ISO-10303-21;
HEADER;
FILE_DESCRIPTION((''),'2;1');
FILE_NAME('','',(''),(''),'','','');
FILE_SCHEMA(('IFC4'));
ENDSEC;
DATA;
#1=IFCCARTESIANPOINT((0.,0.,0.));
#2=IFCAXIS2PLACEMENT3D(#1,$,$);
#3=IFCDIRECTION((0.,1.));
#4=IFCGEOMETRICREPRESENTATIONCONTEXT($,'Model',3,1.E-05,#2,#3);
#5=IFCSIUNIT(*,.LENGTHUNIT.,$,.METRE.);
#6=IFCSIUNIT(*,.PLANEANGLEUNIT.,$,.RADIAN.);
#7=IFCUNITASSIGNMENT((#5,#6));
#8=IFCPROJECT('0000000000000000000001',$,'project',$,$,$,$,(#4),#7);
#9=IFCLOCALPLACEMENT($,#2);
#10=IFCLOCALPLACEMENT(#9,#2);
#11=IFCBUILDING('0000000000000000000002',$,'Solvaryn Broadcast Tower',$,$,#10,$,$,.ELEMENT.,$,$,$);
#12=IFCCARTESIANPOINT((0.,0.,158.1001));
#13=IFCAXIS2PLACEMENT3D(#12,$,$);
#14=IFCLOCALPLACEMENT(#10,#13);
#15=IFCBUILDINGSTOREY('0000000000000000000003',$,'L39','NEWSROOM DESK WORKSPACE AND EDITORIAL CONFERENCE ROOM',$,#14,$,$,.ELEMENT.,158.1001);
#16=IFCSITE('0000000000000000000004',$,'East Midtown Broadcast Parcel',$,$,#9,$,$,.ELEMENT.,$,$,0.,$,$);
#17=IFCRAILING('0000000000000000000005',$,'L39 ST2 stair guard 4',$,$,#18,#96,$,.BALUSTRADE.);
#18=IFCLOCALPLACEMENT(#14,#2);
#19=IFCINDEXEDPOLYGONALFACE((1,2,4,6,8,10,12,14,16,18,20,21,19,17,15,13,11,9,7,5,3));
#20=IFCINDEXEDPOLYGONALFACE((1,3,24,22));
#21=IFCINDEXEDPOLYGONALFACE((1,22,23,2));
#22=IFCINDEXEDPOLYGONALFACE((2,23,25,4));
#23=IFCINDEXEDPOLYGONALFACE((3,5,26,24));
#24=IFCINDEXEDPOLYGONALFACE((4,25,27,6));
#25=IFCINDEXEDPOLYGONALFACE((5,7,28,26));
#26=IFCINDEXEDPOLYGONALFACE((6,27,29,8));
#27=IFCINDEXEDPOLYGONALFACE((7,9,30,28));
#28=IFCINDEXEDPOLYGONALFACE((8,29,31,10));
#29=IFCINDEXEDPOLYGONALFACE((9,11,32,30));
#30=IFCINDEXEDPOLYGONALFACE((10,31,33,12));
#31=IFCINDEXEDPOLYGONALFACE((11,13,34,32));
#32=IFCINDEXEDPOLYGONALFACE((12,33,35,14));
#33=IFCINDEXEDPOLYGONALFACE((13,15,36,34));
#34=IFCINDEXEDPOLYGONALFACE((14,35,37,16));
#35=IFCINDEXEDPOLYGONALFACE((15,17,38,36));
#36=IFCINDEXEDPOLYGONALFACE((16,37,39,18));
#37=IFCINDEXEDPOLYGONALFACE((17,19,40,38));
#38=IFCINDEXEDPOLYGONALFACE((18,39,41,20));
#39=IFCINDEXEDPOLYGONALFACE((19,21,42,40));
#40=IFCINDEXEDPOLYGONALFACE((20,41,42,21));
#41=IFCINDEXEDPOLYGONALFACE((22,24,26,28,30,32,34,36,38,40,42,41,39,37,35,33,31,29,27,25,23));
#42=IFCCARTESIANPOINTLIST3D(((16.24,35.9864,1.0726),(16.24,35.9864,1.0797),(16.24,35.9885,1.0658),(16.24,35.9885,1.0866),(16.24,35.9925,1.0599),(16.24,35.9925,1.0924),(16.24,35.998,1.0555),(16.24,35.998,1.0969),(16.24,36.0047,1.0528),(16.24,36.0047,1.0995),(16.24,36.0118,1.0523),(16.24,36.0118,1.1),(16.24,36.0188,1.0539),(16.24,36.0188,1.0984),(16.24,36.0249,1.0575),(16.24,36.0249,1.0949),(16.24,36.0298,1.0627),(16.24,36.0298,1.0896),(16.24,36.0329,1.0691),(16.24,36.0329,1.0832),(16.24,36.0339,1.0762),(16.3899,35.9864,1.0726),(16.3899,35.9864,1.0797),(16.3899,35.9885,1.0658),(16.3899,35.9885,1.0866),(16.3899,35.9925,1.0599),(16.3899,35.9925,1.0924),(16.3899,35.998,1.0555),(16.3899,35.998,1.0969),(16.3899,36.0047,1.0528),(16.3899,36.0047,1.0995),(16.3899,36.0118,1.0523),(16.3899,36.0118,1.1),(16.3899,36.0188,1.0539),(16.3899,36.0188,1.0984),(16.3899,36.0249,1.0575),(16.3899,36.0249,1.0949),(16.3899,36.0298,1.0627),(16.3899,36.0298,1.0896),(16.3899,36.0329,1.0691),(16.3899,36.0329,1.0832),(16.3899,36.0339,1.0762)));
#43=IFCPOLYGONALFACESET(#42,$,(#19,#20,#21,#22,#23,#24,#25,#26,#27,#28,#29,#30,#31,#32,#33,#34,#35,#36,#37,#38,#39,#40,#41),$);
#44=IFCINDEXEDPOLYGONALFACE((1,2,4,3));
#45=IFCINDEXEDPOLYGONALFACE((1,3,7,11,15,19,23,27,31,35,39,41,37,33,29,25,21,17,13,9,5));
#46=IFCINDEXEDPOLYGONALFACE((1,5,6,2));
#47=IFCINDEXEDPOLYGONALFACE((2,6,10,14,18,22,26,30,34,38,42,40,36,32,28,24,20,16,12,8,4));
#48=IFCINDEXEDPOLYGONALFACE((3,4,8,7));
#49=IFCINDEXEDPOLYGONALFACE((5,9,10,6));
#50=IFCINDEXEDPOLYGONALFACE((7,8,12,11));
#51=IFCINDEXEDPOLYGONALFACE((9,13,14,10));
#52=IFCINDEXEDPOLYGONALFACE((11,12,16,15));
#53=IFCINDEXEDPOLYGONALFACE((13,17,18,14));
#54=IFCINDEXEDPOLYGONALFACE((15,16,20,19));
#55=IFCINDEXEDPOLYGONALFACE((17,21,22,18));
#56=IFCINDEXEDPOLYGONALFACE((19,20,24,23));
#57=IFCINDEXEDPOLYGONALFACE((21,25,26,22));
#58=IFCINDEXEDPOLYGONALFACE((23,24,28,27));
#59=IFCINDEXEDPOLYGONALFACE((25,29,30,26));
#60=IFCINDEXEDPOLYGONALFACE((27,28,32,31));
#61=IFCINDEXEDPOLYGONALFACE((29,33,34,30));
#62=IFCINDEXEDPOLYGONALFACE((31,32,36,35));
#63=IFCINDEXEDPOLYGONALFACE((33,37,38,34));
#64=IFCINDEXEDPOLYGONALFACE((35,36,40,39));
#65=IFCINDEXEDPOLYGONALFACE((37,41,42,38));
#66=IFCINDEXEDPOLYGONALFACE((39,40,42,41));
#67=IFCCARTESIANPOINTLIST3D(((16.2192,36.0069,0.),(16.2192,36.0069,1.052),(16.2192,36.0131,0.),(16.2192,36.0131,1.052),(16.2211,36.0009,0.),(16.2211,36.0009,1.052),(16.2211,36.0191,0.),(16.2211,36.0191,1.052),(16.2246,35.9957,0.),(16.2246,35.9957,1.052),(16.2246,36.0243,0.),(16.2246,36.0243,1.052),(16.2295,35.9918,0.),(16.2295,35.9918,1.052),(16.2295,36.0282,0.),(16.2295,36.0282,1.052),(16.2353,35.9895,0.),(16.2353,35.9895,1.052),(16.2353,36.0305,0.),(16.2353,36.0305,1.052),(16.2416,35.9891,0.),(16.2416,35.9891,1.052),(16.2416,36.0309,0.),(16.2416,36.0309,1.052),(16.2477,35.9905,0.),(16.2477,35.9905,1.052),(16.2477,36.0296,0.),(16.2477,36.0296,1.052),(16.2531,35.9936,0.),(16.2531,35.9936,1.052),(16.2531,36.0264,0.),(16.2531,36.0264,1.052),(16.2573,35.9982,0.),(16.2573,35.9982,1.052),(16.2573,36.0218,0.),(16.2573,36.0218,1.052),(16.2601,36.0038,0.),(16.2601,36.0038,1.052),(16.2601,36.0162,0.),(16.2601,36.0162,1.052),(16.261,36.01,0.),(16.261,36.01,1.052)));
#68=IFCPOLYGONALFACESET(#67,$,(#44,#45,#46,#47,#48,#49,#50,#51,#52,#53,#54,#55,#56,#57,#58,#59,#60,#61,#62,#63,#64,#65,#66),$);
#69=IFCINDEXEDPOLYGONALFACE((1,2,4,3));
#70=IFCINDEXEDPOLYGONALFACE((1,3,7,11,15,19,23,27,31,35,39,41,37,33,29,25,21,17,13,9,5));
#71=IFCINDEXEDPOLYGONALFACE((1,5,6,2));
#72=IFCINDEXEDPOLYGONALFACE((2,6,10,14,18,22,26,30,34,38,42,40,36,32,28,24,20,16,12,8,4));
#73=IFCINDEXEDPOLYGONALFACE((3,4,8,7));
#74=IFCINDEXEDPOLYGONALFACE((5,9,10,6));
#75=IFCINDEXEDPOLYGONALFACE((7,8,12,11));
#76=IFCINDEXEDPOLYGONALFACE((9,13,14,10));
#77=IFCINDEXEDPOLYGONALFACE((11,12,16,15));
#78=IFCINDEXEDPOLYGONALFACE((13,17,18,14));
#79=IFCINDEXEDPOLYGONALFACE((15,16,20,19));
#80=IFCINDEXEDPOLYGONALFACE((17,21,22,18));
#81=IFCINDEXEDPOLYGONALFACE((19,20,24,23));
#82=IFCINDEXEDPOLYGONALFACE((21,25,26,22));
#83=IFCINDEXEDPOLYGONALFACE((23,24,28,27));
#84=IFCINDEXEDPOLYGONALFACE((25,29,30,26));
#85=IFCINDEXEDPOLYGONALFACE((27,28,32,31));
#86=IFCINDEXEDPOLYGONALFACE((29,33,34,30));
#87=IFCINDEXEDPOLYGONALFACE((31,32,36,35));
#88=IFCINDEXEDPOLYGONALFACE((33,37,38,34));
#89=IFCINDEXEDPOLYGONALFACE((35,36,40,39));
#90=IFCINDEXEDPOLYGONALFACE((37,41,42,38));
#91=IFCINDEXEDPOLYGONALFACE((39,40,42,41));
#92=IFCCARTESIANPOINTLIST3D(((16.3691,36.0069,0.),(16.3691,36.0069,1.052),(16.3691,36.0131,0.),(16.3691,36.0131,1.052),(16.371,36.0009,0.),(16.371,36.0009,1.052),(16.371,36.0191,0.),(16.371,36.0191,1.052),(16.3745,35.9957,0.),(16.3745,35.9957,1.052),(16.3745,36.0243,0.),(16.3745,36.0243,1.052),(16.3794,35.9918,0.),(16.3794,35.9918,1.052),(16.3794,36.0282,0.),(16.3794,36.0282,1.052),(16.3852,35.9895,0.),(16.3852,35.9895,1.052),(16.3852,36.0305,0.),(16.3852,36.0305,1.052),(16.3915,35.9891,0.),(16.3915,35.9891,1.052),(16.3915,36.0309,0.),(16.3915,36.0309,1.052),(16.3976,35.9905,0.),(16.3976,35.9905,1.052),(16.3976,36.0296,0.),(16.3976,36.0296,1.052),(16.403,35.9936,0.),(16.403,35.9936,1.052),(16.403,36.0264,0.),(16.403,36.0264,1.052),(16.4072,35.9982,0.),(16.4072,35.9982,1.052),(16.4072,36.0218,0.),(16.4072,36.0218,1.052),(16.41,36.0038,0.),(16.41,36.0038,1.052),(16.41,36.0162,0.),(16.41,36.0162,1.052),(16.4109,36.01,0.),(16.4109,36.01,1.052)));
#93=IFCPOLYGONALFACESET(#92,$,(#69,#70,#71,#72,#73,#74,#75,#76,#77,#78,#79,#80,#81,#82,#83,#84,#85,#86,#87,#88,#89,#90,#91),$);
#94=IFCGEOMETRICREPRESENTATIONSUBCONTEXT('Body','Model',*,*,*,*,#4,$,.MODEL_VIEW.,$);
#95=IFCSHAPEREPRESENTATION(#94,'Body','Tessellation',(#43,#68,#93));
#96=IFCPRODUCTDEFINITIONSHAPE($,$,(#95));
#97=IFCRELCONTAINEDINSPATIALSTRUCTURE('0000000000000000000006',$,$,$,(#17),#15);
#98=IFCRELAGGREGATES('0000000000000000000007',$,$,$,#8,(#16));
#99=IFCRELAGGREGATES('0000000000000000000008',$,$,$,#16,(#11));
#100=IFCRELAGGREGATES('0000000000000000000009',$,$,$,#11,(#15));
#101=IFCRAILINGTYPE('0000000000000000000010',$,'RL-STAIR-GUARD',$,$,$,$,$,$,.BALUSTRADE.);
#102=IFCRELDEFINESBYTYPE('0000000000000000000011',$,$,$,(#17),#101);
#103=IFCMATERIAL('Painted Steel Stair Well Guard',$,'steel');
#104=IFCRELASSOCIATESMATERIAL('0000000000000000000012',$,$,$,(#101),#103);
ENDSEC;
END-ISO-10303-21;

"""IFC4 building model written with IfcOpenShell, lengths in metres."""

from ifc_helpers import new_model, si_unit, direction, frame, origin, origin_2d, place, context, subcontext, project, spatial, circle, extrude, material, type_object, element, save


model = new_model("IFC4")

# Units and contexts
model_context = context("Model", 3, precision=1e-05, world=origin(), true_north=direction((0.0, 1.0)))
body_context = subcontext(model_context, "Body", "Model", "MODEL_VIEW")
ifc_project = project(units=[si_unit("LENGTHUNIT", "METRE"), si_unit("PLANEANGLEUNIT", "RADIAN")], contexts=[model_context])

# Site, building, storey
site_placement = place(None, origin())
site = spatial("IfcSite", under=ifc_project, at=site_placement, Name="East Midtown Broadcast Parcel", CompositionType="ELEMENT", RefElevation=0.0)
building_placement = place(site_placement, origin())
building = spatial("IfcBuilding", under=site, at=building_placement, Name="Solvaryn Broadcast Tower", CompositionType="ELEMENT")
storey_placement = place(building_placement, frame((0.0, 0.0, 158.1001)))
storey = spatial("IfcBuildingStorey", under=building, at=storey_placement, Name="L39", Description="NEWSROOM DESK WORKSPACE AND EDITORIAL CONFERENCE ROOM", CompositionType="ELEMENT", Elevation=158.1001)

# Railing
ifc_material_1 = material(Name="Painted Steel Stair Well Guard", Category="steel")
railing_type_1 = type_object("IfcRailingType", Name="RL-STAIR-GUARD", PredefinedType="BALUSTRADE", material=ifc_material_1)
railing_1_placement = place(storey_placement, frame((16.24, 36.01, 0.0)))
element("IfcRailing", 1, at=railing_1_placement, inside=storey, type_object=railing_type_1, Name="L39 ST2 stair guard 4", PredefinedType="BALUSTRADE", context=body_context, shape_type="SweptSolid", body=[
    extrude(circle(Radius=0.0239, at=origin_2d()), frame((0.0, 0.0, 1.0762), z_axis=(1.0, 0.0, 0.0), x_axis=(0.0, 1.0, 0.0)), (0.0, 0.0, 1.0), 0.1499),
    extrude(circle(Radius=0.021, at=origin_2d()), origin(), (0.0, 0.0, 1.0), 1.052),
    extrude(circle(Radius=0.021, at=origin_2d()), frame((0.1499, 0.0, 0.0)), (0.0, 0.0, 1.0), 1.052),
])

save(model, "model.ifc")
